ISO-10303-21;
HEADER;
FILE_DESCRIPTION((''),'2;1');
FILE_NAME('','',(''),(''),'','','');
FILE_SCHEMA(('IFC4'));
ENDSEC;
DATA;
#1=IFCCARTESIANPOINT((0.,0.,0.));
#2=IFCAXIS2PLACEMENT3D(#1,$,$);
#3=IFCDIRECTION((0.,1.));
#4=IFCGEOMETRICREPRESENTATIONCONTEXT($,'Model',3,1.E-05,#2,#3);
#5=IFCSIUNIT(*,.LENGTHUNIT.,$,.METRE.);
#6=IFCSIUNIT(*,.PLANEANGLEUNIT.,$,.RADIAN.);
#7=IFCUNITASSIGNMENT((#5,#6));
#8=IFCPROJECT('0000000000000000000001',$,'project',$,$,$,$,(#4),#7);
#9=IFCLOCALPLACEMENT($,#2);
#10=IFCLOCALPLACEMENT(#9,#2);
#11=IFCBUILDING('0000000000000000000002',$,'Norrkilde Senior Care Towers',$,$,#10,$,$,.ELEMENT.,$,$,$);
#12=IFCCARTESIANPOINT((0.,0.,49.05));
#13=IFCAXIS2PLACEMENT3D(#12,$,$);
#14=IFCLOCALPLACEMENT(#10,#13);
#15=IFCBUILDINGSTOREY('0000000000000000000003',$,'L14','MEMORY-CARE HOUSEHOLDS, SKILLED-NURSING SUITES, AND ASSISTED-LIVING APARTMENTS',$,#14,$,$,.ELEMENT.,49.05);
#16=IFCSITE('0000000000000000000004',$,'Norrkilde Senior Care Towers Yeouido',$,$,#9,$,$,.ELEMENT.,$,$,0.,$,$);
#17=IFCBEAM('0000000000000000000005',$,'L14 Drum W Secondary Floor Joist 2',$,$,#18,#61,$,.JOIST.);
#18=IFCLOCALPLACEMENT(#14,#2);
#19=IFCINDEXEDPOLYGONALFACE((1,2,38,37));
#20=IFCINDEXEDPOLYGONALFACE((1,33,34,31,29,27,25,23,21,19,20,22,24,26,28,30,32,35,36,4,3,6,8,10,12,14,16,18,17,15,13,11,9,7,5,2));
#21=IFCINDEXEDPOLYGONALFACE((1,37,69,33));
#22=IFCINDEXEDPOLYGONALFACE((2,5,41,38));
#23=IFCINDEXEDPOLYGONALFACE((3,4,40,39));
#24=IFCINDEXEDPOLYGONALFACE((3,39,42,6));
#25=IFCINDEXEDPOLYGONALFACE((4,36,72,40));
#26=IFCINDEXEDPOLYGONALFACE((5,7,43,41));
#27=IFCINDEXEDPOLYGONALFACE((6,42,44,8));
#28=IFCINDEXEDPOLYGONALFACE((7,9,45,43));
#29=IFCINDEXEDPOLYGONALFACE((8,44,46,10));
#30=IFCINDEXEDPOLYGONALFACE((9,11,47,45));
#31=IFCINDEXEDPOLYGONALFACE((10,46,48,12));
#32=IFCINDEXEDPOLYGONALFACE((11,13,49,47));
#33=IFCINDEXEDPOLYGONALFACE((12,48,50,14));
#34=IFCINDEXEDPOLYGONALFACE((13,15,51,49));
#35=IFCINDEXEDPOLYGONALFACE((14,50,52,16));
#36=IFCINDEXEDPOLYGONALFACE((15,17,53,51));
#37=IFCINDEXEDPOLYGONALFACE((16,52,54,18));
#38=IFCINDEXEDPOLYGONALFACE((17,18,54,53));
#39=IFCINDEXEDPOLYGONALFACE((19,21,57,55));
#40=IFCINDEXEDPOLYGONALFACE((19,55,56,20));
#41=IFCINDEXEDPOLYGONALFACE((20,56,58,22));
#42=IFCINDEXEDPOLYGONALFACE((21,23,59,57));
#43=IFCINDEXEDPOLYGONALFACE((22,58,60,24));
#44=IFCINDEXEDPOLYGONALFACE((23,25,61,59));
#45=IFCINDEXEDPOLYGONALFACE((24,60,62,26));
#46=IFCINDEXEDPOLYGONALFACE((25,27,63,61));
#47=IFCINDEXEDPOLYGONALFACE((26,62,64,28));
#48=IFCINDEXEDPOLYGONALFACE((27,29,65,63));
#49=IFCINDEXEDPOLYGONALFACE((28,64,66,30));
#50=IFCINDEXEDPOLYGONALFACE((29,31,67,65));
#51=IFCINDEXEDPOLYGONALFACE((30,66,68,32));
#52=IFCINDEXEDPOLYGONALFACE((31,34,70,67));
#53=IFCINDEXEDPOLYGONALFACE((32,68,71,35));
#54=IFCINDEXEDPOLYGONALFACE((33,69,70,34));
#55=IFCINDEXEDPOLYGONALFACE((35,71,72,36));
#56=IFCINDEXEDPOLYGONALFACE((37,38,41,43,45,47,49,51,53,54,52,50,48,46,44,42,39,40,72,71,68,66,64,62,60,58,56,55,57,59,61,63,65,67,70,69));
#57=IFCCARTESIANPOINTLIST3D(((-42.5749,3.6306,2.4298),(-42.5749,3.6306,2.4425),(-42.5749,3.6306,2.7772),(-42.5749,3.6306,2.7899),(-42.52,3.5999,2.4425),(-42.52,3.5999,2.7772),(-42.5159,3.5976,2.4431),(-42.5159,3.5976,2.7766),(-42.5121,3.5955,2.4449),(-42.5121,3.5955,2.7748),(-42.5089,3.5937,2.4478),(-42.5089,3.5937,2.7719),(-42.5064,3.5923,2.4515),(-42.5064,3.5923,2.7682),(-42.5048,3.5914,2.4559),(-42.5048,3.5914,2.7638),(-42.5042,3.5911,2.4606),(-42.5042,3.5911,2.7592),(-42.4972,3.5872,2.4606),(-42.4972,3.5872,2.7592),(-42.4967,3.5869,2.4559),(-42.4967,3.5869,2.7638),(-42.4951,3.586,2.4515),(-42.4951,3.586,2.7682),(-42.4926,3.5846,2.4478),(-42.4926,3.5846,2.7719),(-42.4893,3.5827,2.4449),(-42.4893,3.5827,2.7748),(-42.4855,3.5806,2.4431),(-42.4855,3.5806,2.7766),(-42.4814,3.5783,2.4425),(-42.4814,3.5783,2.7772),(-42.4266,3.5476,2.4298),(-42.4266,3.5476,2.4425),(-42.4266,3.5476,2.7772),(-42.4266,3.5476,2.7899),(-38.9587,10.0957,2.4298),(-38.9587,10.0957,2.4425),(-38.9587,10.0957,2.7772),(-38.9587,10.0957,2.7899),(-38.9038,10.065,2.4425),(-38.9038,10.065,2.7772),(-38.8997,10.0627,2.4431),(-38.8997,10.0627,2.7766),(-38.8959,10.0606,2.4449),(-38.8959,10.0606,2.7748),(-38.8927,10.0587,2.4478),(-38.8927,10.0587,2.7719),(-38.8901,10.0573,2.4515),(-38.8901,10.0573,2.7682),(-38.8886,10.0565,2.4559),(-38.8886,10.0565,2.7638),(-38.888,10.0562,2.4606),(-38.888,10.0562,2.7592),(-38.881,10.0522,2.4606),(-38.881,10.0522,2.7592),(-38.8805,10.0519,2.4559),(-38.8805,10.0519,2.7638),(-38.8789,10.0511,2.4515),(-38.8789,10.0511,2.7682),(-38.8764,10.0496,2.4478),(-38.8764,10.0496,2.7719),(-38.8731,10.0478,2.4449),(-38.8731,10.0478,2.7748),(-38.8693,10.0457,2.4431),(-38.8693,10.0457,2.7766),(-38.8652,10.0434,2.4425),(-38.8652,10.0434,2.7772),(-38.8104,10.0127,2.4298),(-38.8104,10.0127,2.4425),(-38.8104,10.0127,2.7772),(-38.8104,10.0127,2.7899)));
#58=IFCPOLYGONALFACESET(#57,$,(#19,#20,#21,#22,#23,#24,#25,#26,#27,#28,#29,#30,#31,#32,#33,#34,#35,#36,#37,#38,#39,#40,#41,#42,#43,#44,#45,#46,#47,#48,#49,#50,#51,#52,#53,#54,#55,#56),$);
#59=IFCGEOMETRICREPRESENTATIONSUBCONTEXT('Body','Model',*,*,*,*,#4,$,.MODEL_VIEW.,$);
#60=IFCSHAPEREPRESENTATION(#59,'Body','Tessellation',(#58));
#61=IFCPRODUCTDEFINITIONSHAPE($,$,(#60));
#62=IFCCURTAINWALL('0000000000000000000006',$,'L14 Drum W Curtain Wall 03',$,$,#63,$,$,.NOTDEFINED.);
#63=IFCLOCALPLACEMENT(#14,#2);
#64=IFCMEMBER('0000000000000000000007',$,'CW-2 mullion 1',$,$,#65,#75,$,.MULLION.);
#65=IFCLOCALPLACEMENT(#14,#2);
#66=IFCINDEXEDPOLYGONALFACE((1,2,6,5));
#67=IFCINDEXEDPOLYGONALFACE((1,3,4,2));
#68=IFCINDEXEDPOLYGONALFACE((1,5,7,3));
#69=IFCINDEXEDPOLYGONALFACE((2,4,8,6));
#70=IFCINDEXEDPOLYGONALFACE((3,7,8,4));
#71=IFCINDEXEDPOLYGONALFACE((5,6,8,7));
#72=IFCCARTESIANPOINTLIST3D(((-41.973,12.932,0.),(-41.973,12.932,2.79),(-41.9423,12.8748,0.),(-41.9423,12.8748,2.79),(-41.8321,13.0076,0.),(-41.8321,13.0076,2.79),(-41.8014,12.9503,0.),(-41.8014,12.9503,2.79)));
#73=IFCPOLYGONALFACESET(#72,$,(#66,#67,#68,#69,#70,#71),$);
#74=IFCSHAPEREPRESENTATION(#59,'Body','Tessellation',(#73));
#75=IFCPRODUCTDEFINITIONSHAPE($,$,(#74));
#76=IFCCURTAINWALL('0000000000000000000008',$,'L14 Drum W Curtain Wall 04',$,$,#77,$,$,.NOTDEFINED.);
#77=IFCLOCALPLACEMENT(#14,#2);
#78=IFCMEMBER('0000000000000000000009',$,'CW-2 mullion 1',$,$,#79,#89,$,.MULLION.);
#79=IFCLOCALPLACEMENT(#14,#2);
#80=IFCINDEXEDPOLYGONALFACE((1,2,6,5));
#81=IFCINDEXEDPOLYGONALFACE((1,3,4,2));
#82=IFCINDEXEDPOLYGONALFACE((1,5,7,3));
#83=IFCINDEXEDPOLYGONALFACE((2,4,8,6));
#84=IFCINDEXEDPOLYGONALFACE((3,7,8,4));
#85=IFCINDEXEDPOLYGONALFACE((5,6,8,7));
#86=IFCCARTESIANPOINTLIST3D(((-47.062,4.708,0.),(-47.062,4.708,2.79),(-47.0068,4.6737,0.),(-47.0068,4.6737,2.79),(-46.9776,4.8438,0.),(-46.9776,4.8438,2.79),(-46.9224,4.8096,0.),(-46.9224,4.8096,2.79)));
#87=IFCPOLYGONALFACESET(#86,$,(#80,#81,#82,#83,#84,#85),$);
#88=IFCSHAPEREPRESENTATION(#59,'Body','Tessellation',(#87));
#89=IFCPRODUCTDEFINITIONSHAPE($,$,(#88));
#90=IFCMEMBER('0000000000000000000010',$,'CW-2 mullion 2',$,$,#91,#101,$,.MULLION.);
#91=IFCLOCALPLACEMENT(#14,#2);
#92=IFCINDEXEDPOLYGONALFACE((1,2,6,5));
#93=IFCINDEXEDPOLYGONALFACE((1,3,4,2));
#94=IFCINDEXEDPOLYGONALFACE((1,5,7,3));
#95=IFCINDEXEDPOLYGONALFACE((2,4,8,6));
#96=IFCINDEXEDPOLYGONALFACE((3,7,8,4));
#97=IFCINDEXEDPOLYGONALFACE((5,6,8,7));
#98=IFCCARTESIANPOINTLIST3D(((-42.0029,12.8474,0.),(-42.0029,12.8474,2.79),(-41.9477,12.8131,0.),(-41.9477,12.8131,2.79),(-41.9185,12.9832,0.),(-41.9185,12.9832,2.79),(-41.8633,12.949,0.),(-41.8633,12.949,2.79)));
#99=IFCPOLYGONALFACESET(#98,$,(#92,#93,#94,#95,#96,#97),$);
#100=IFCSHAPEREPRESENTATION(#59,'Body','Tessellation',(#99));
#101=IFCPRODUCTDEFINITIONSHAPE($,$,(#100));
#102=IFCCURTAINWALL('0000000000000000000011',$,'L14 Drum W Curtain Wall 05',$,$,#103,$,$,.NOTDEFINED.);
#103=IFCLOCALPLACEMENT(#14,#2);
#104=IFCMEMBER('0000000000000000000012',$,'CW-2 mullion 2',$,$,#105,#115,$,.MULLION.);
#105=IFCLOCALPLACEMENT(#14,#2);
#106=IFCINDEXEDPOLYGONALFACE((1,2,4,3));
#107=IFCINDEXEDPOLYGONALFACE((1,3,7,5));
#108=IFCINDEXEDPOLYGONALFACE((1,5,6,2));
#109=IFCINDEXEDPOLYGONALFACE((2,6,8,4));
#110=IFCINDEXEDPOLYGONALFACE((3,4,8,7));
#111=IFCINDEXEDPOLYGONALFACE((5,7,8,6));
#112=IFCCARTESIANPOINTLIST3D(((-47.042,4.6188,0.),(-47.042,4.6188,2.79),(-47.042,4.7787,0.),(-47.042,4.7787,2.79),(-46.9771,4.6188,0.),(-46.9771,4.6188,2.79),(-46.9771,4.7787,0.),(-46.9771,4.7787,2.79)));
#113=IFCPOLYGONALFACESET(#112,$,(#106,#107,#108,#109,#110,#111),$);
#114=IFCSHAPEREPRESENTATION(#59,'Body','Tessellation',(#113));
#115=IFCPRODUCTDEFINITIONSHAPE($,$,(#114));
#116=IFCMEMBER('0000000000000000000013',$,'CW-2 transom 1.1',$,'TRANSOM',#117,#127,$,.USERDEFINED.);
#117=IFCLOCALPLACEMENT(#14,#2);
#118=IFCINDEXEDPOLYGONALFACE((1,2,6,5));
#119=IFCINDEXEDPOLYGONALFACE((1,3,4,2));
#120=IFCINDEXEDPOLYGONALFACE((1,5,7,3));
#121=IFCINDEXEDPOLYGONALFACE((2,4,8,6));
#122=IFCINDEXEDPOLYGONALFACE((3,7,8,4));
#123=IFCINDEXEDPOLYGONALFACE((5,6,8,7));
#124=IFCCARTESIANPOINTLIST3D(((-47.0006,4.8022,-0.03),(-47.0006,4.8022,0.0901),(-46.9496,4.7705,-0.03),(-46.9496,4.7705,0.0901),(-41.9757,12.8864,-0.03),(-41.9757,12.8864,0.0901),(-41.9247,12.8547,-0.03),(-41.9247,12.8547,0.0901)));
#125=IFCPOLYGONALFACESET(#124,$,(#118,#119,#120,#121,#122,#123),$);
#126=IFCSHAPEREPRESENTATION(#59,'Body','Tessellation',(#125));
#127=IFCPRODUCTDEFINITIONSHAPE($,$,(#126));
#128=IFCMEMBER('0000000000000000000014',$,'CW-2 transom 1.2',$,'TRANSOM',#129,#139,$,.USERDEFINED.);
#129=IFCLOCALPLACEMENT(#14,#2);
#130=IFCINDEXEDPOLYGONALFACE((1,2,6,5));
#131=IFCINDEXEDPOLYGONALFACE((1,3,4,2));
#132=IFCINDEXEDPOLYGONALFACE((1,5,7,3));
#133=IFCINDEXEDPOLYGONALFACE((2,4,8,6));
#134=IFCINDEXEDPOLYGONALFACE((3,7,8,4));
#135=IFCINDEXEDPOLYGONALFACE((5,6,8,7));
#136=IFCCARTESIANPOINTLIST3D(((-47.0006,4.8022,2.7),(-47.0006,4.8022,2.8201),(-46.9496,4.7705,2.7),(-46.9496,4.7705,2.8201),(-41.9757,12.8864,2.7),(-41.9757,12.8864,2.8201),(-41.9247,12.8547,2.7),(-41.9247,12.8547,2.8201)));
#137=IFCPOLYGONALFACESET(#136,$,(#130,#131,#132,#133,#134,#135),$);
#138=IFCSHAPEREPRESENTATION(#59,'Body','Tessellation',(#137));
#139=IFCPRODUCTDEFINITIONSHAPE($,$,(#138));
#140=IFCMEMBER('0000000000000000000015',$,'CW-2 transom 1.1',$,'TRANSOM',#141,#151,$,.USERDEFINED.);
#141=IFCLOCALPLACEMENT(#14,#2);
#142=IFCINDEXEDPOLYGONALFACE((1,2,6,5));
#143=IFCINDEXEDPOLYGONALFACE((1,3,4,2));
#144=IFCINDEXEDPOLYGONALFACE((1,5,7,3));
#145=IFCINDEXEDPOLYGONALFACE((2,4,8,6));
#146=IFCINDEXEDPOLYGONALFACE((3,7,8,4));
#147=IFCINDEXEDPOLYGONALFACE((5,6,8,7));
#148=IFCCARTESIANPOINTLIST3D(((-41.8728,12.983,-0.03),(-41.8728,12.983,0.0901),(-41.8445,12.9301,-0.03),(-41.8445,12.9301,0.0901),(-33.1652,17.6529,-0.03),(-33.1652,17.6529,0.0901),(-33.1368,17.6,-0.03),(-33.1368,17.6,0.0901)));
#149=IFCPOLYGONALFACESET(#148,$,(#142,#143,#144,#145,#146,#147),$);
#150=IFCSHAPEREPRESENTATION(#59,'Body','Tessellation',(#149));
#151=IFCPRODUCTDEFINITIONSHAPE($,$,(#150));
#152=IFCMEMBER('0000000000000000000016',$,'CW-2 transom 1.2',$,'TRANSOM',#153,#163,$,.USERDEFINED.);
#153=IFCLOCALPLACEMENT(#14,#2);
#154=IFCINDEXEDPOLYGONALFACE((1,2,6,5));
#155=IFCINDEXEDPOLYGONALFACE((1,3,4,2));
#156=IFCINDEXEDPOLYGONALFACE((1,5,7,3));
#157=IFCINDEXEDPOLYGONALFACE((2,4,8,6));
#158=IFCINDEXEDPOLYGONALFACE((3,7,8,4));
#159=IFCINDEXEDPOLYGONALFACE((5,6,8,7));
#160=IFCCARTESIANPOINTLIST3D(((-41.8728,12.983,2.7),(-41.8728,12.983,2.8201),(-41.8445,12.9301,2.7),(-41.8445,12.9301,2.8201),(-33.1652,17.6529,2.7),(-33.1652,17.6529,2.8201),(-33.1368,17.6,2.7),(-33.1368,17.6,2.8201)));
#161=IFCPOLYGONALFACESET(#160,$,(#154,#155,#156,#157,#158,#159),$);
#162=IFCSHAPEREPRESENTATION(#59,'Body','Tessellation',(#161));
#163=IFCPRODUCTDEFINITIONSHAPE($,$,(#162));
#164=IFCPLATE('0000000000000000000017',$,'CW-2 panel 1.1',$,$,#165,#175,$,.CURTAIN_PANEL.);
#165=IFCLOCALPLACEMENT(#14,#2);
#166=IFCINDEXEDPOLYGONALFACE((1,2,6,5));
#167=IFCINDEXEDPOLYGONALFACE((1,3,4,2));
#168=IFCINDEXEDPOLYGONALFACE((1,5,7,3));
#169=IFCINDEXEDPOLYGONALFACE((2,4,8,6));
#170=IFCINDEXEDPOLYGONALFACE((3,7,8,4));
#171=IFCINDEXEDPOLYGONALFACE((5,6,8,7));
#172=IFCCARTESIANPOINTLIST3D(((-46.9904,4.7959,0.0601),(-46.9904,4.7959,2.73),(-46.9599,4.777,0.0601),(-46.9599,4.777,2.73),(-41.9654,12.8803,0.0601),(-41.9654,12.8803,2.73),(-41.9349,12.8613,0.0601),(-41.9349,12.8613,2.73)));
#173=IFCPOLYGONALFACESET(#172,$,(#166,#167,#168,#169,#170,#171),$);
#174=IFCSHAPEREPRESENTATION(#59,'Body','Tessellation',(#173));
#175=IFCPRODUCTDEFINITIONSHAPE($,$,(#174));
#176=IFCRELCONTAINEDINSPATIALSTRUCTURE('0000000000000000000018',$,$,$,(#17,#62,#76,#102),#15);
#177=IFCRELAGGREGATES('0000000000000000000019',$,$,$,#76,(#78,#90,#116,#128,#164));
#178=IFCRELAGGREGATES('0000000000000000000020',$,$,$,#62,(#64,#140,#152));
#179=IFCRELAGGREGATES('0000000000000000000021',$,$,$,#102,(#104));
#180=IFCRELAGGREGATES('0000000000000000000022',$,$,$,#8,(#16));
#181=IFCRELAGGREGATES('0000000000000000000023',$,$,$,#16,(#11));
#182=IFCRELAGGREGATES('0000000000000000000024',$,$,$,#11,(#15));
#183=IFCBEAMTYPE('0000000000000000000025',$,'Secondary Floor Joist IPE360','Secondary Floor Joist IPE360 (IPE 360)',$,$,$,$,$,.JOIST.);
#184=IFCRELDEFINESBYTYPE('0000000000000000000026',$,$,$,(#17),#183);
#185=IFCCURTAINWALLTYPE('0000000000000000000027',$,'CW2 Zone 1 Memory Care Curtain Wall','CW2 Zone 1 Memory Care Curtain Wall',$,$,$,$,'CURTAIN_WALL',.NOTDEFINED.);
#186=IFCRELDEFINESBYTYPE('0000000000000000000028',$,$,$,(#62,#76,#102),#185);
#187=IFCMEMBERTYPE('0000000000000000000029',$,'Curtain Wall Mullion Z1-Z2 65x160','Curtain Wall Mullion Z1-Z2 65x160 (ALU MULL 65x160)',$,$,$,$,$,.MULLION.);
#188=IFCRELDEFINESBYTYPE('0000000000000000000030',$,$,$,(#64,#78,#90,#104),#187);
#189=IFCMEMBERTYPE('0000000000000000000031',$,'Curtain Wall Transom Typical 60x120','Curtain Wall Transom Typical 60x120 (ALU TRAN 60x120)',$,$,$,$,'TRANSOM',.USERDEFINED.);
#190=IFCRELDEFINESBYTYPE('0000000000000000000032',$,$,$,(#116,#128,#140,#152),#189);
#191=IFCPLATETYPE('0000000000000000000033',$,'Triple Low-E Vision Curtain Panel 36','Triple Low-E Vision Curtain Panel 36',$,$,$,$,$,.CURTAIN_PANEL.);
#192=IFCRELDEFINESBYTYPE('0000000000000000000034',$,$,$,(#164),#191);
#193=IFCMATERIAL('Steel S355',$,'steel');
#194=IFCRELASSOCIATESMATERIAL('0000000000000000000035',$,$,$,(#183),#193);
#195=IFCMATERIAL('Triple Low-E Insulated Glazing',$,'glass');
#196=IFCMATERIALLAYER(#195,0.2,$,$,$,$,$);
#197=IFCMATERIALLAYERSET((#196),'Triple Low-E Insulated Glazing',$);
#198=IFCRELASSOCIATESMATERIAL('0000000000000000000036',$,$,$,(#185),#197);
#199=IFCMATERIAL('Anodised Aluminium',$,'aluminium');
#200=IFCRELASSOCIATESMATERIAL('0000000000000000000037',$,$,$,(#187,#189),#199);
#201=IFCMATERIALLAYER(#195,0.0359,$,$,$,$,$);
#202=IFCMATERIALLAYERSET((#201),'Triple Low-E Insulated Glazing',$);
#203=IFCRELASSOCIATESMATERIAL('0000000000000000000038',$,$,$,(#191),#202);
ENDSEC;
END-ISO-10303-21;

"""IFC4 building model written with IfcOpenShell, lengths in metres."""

from ifc_helpers import new_model, si_unit, direction, frame, origin, origin_2d, place, context, subcontext, project, spatial, rectangle, i_section, extrude, source, transform, mapped, material, layer, layer_set, material_profile, profile_set, type_object, type_shapes, element, aggregate, save


model = new_model("IFC4")

# Units and contexts
model_context = context("Model", 3, precision=1e-05, world=origin(), true_north=direction((0.0, 1.0)))
body_context = subcontext(model_context, "Body", "Model", "MODEL_VIEW")
ifc_project = project(units=[si_unit("LENGTHUNIT", "METRE"), si_unit("PLANEANGLEUNIT", "RADIAN")], contexts=[model_context])

# Site, building, storey
site_placement = place(None, origin())
site = spatial("IfcSite", under=ifc_project, at=site_placement, Name="Norrkilde Senior Care Towers Yeouido", CompositionType="ELEMENT", RefElevation=0.0)
building_placement = place(site_placement, origin())
building = spatial("IfcBuilding", under=site, at=building_placement, Name="Norrkilde Senior Care Towers", CompositionType="ELEMENT")
storey_placement = place(building_placement, frame((0.0, 0.0, 49.05)))
storey = spatial("IfcBuildingStorey", under=building, at=storey_placement, Name="L14", Description="MEMORY-CARE HOUSEHOLDS, SKILLED-NURSING SUITES, AND ASSISTED-LIVING APARTMENTS", CompositionType="ELEMENT", Elevation=49.05)

# Beam
ifc_material_1 = material(Name="Steel S355", Category="steel")
ifc_material_profile_1 = material_profile(ifc_material_1, i_section(OverallWidth=0.1699, OverallDepth=0.3601, WebThickness=0.0081, FlangeThickness=0.0127, FilletRadius=0.0181, at=origin_2d()), Name="IPE 360")
ifc_profile_set_1 = profile_set([ifc_material_profile_1], Name="Steel S355")
beam_type_1 = type_object("IfcBeamType", Name="Secondary Floor Joist IPE360", Description="Secondary Floor Joist IPE360 (IPE 360)", PredefinedType="JOIST", material=ifc_profile_set_1)
shared_shape_1 = source(origin(), body_context, "Body", "SweptSolid", [
    extrude(i_section(OverallWidth=0.1699, OverallDepth=0.3601, WebThickness=0.0081, FlangeThickness=0.0127, FilletRadius=0.0181, at=origin_2d()), origin(), (0.0, 0.0, 1.0), 7.4077),
])
type_shapes(beam_type_1, [shared_shape_1])
beam_1_placement = place(storey_placement, frame((-38.8845, 10.0542, 2.6099), z_axis=(-0.488168, -0.87275, 0.0), x_axis=(0.87275, -0.488168, 0.0)))
element("IfcBeam", 1, at=beam_1_placement, inside=storey, type_object=beam_type_1, Name="L14 Drum W Secondary Floor Joist 2", PredefinedType="JOIST", context=body_context, shape_type="MappedRepresentation", body=[
    mapped(shared_shape_1, transform((0.0, 0.0, 0.0), x_axis=(1.0, 0.0, 0.0), y_axis=(0.0, 1.0, 0.0), z_axis=(0.0, 0.0, 1.0), scale=1.0)),
])

# Curtain wall, member
ifc_material_2 = material(Name="Triple Low-E Insulated Glazing", Category="glass")
ifc_layer_1 = layer(ifc_material_2, 0.2)
ifc_layer_set_1 = layer_set([ifc_layer_1], Name="Triple Low-E Insulated Glazing")
curtain_wall_type = type_object("IfcCurtainWallType", Name="CW2 Zone 1 Memory Care Curtain Wall", Description="CW2 Zone 1 Memory Care Curtain Wall", ElementType="CURTAIN_WALL", PredefinedType="NOTDEFINED", material=ifc_layer_set_1)
curtain_wall_1_placement = place(storey_placement, origin())
curtain_wall_1 = element("IfcCurtainWall", 2, at=curtain_wall_1_placement, inside=storey, type_object=curtain_wall_type, Name="L14 Drum W Curtain Wall 03", PredefinedType="NOTDEFINED")
ifc_material_3 = material(Name="Anodised Aluminium", Category="aluminium")
ifc_material_profile_2 = material_profile(ifc_material_3, rectangle(XDim=0.0649, YDim=0.1599, at=origin_2d()), Name="ALU MULL 65x160")
ifc_profile_set_2 = profile_set([ifc_material_profile_2], Name="Anodised Aluminium")
member_type_1 = type_object("IfcMemberType", Name="Curtain Wall Mullion Z1-Z2 65x160", Description="Curtain Wall Mullion Z1-Z2 65x160 (ALU MULL 65x160)", PredefinedType="MULLION", material=ifc_profile_set_2)
shared_shape_2 = source(origin(), body_context, "Body", "SweptSolid", [
    extrude(rectangle(XDim=0.0649, YDim=0.1599, at=origin_2d()), origin(), (0.0, 0.0, 1.0), 2.79),
])
type_shapes(member_type_1, [shared_shape_2])
member_1_placement = place(storey_placement, frame((-41.8872, 12.9412, 0.0), z_axis=(0.0, 0.0, 1.0), x_axis=(-0.472608, 0.881273, 0.0)))
member_1 = element("IfcMember", 3, at=member_1_placement, type_object=member_type_1, Name="CW-2 mullion 1", PredefinedType="MULLION", context=body_context, shape_type="MappedRepresentation", body=[
    mapped(shared_shape_2, transform((0.0, 0.0, 0.0), x_axis=(1.0, 0.0, 0.0), y_axis=(0.0, 1.0, 0.0), z_axis=(0.0, 0.0, 1.0), scale=1.0)),
])

# Curtain wall, members
curtain_wall_2_placement = place(storey_placement, origin())
curtain_wall_2 = element("IfcCurtainWall", 4, at=curtain_wall_2_placement, inside=storey, type_object=curtain_wall_type, Name="L14 Drum W Curtain Wall 04", PredefinedType="NOTDEFINED")
member_2_placement = place(storey_placement, frame((-46.9922, 4.7588, 0.0), z_axis=(0.0, 0.0, 1.0), x_axis=(-0.849306, 0.527901, 0.0)))
member_2 = element("IfcMember", 5, at=member_2_placement, type_object=member_type_1, Name="CW-2 mullion 1", PredefinedType="MULLION", context=body_context, shape_type="MappedRepresentation", body=[
    mapped(shared_shape_2, transform((0.0, 0.0, 0.0), x_axis=(1.0, 0.0, 0.0), y_axis=(0.0, 1.0, 0.0), z_axis=(0.0, 0.0, 1.0), scale=1.0)),
])
member_3_placement = place(storey_placement, frame((-41.9331, 12.8982, 0.0), z_axis=(0.0, 0.0, 1.0), x_axis=(-0.849306, 0.527901, 0.0)))
member_3 = element("IfcMember", 6, at=member_3_placement, type_object=member_type_1, Name="CW-2 mullion 2", PredefinedType="MULLION", context=body_context, shape_type="MappedRepresentation", body=[
    mapped(shared_shape_2, transform((0.0, 0.0, 0.0), x_axis=(1.0, 0.0, 0.0), y_axis=(0.0, 1.0, 0.0), z_axis=(0.0, 0.0, 1.0), scale=1.0)),
])

# Curtain wall, member
curtain_wall_3_placement = place(storey_placement, origin())
curtain_wall_3 = element("IfcCurtainWall", 7, at=curtain_wall_3_placement, inside=storey, type_object=curtain_wall_type, Name="L14 Drum W Curtain Wall 05", PredefinedType="NOTDEFINED")
member_4_placement = place(storey_placement, frame((-47.0095, 4.6987, 0.0), z_axis=(0.0, 0.0, 1.0), x_axis=(-1.0, 0.0, 0.0)))
member_4 = element("IfcMember", 8, at=member_4_placement, type_object=member_type_1, Name="CW-2 mullion 2", PredefinedType="MULLION", context=body_context, shape_type="MappedRepresentation", body=[
    mapped(shared_shape_2, transform((0.0, 0.0, 0.0), x_axis=(1.0, 0.0, 0.0), y_axis=(0.0, 1.0, 0.0), z_axis=(0.0, 0.0, 1.0), scale=1.0)),
])

# Members
ifc_material_profile_3 = material_profile(ifc_material_3, rectangle(XDim=0.0601, YDim=0.1201, at=origin_2d()), Name="ALU TRAN 60x120")
ifc_profile_set_3 = profile_set([ifc_material_profile_3], Name="Anodised Aluminium")
member_type_2 = type_object("IfcMemberType", Name="Curtain Wall Transom Typical 60x120", Description="Curtain Wall Transom Typical 60x120 (ALU TRAN 60x120)", ElementType="TRANSOM", PredefinedType="USERDEFINED", material=ifc_profile_set_3)
shared_shape_3 = source(origin(), body_context, "Body", "SweptSolid", [
    extrude(rectangle(XDim=0.0601, YDim=0.1201, at=origin_2d()), origin(), (0.0, 0.0, 1.0), 9.5186),
])
member_5_placement = place(storey_placement, frame((-46.9751, 4.7864, 0.03), z_axis=(0.527902, 0.849306, 0.0), x_axis=(-0.849306, 0.527902, 0.0)))
member_5 = element("IfcMember", 9, at=member_5_placement, type_object=member_type_2, Name="CW-2 transom 1.1", ObjectType="TRANSOM", PredefinedType="USERDEFINED", context=body_context, shape_type="MappedRepresentation", body=[
    mapped(shared_shape_3, transform((0.0, 0.0, 0.0), x_axis=(1.0, 0.0, 0.0), y_axis=(0.0, 1.0, 0.0), z_axis=(0.0, 0.0, 1.0), scale=1.0)),
])
member_6_placement = place(storey_placement, frame((-46.9751, 4.7864, 2.76), z_axis=(0.527902, 0.849306, 0.0), x_axis=(-0.849306, 0.527902, 0.0)))
member_6 = element("IfcMember", 10, at=member_6_placement, type_object=member_type_2, Name="CW-2 transom 1.2", ObjectType="TRANSOM", PredefinedType="USERDEFINED", context=body_context, shape_type="MappedRepresentation", body=[
    mapped(shared_shape_3, transform((0.0, 0.0, 0.0), x_axis=(1.0, 0.0, 0.0), y_axis=(0.0, 1.0, 0.0), z_axis=(0.0, 0.0, 1.0), scale=1.0)),
])
shared_shape_4 = source(origin(), body_context, "Body", "SweptSolid", [
    extrude(rectangle(XDim=0.0601, YDim=0.1201, at=origin_2d()), origin(), (0.0, 0.0, 1.0), 9.8809),
])
type_shapes(member_type_2, [shared_shape_3, shared_shape_4])
member_7_placement = place(storey_placement, frame((-41.8586, 12.9565, 0.03), z_axis=(0.881267, 0.472618, 0.0), x_axis=(-0.472618, 0.881267, 0.0)))
member_7 = element("IfcMember", 11, at=member_7_placement, type_object=member_type_2, Name="CW-2 transom 1.1", ObjectType="TRANSOM", PredefinedType="USERDEFINED", context=body_context, shape_type="MappedRepresentation", body=[
    mapped(shared_shape_4, transform((0.0, 0.0, 0.0), x_axis=(1.0, 0.0, 0.0), y_axis=(0.0, 1.0, 0.0), z_axis=(0.0, 0.0, 1.0), scale=1.0)),
])
member_8_placement = place(storey_placement, frame((-41.8586, 12.9565, 2.76), z_axis=(0.881267, 0.472618, 0.0), x_axis=(-0.472618, 0.881267, 0.0)))
member_8 = element("IfcMember", 12, at=member_8_placement, type_object=member_type_2, Name="CW-2 transom 1.2", ObjectType="TRANSOM", PredefinedType="USERDEFINED", context=body_context, shape_type="MappedRepresentation", body=[
    mapped(shared_shape_4, transform((0.0, 0.0, 0.0), x_axis=(1.0, 0.0, 0.0), y_axis=(0.0, 1.0, 0.0), z_axis=(0.0, 0.0, 1.0), scale=1.0)),
])

# Plate
ifc_layer_2 = layer(ifc_material_2, 0.0359)
ifc_layer_set_2 = layer_set([ifc_layer_2], Name="Triple Low-E Insulated Glazing")
plate_type = type_object("IfcPlateType", Name="Triple Low-E Vision Curtain Panel 36", Description="Triple Low-E Vision Curtain Panel 36", PredefinedType="CURTAIN_PANEL", material=ifc_layer_set_2)
shared_shape_5 = source(origin(), body_context, "Body", "SweptSolid", [
    extrude(rectangle(XDim=9.5188, YDim=0.0359, at=origin_2d()), origin(), (0.0, 0.0, 1.0), 2.6699),
])
plate_1_placement = place(storey_placement, frame((-44.4626, 8.8286, 0.0601), z_axis=(0.0, 0.0, 1.0), x_axis=(0.527901, 0.849306, 0.0)))
plate_1 = element("IfcPlate", 13, at=plate_1_placement, type_object=plate_type, Name="CW-2 panel 1.1", PredefinedType="CURTAIN_PANEL", context=body_context, shape_type="MappedRepresentation", body=[
    mapped(shared_shape_5, transform((0.0, 0.0, 0.0), x_axis=(1.0, 0.0, 0.0), y_axis=(0.0, 1.0, 0.0), z_axis=(0.0, 0.0, 1.0), scale=1.0)),
])
aggregate(curtain_wall_2, [member_2, member_3, member_5, member_6, plate_1])
aggregate(curtain_wall_1, [member_1, member_7, member_8])
aggregate(curtain_wall_3, [member_4])

save(model, "model.ifc")
